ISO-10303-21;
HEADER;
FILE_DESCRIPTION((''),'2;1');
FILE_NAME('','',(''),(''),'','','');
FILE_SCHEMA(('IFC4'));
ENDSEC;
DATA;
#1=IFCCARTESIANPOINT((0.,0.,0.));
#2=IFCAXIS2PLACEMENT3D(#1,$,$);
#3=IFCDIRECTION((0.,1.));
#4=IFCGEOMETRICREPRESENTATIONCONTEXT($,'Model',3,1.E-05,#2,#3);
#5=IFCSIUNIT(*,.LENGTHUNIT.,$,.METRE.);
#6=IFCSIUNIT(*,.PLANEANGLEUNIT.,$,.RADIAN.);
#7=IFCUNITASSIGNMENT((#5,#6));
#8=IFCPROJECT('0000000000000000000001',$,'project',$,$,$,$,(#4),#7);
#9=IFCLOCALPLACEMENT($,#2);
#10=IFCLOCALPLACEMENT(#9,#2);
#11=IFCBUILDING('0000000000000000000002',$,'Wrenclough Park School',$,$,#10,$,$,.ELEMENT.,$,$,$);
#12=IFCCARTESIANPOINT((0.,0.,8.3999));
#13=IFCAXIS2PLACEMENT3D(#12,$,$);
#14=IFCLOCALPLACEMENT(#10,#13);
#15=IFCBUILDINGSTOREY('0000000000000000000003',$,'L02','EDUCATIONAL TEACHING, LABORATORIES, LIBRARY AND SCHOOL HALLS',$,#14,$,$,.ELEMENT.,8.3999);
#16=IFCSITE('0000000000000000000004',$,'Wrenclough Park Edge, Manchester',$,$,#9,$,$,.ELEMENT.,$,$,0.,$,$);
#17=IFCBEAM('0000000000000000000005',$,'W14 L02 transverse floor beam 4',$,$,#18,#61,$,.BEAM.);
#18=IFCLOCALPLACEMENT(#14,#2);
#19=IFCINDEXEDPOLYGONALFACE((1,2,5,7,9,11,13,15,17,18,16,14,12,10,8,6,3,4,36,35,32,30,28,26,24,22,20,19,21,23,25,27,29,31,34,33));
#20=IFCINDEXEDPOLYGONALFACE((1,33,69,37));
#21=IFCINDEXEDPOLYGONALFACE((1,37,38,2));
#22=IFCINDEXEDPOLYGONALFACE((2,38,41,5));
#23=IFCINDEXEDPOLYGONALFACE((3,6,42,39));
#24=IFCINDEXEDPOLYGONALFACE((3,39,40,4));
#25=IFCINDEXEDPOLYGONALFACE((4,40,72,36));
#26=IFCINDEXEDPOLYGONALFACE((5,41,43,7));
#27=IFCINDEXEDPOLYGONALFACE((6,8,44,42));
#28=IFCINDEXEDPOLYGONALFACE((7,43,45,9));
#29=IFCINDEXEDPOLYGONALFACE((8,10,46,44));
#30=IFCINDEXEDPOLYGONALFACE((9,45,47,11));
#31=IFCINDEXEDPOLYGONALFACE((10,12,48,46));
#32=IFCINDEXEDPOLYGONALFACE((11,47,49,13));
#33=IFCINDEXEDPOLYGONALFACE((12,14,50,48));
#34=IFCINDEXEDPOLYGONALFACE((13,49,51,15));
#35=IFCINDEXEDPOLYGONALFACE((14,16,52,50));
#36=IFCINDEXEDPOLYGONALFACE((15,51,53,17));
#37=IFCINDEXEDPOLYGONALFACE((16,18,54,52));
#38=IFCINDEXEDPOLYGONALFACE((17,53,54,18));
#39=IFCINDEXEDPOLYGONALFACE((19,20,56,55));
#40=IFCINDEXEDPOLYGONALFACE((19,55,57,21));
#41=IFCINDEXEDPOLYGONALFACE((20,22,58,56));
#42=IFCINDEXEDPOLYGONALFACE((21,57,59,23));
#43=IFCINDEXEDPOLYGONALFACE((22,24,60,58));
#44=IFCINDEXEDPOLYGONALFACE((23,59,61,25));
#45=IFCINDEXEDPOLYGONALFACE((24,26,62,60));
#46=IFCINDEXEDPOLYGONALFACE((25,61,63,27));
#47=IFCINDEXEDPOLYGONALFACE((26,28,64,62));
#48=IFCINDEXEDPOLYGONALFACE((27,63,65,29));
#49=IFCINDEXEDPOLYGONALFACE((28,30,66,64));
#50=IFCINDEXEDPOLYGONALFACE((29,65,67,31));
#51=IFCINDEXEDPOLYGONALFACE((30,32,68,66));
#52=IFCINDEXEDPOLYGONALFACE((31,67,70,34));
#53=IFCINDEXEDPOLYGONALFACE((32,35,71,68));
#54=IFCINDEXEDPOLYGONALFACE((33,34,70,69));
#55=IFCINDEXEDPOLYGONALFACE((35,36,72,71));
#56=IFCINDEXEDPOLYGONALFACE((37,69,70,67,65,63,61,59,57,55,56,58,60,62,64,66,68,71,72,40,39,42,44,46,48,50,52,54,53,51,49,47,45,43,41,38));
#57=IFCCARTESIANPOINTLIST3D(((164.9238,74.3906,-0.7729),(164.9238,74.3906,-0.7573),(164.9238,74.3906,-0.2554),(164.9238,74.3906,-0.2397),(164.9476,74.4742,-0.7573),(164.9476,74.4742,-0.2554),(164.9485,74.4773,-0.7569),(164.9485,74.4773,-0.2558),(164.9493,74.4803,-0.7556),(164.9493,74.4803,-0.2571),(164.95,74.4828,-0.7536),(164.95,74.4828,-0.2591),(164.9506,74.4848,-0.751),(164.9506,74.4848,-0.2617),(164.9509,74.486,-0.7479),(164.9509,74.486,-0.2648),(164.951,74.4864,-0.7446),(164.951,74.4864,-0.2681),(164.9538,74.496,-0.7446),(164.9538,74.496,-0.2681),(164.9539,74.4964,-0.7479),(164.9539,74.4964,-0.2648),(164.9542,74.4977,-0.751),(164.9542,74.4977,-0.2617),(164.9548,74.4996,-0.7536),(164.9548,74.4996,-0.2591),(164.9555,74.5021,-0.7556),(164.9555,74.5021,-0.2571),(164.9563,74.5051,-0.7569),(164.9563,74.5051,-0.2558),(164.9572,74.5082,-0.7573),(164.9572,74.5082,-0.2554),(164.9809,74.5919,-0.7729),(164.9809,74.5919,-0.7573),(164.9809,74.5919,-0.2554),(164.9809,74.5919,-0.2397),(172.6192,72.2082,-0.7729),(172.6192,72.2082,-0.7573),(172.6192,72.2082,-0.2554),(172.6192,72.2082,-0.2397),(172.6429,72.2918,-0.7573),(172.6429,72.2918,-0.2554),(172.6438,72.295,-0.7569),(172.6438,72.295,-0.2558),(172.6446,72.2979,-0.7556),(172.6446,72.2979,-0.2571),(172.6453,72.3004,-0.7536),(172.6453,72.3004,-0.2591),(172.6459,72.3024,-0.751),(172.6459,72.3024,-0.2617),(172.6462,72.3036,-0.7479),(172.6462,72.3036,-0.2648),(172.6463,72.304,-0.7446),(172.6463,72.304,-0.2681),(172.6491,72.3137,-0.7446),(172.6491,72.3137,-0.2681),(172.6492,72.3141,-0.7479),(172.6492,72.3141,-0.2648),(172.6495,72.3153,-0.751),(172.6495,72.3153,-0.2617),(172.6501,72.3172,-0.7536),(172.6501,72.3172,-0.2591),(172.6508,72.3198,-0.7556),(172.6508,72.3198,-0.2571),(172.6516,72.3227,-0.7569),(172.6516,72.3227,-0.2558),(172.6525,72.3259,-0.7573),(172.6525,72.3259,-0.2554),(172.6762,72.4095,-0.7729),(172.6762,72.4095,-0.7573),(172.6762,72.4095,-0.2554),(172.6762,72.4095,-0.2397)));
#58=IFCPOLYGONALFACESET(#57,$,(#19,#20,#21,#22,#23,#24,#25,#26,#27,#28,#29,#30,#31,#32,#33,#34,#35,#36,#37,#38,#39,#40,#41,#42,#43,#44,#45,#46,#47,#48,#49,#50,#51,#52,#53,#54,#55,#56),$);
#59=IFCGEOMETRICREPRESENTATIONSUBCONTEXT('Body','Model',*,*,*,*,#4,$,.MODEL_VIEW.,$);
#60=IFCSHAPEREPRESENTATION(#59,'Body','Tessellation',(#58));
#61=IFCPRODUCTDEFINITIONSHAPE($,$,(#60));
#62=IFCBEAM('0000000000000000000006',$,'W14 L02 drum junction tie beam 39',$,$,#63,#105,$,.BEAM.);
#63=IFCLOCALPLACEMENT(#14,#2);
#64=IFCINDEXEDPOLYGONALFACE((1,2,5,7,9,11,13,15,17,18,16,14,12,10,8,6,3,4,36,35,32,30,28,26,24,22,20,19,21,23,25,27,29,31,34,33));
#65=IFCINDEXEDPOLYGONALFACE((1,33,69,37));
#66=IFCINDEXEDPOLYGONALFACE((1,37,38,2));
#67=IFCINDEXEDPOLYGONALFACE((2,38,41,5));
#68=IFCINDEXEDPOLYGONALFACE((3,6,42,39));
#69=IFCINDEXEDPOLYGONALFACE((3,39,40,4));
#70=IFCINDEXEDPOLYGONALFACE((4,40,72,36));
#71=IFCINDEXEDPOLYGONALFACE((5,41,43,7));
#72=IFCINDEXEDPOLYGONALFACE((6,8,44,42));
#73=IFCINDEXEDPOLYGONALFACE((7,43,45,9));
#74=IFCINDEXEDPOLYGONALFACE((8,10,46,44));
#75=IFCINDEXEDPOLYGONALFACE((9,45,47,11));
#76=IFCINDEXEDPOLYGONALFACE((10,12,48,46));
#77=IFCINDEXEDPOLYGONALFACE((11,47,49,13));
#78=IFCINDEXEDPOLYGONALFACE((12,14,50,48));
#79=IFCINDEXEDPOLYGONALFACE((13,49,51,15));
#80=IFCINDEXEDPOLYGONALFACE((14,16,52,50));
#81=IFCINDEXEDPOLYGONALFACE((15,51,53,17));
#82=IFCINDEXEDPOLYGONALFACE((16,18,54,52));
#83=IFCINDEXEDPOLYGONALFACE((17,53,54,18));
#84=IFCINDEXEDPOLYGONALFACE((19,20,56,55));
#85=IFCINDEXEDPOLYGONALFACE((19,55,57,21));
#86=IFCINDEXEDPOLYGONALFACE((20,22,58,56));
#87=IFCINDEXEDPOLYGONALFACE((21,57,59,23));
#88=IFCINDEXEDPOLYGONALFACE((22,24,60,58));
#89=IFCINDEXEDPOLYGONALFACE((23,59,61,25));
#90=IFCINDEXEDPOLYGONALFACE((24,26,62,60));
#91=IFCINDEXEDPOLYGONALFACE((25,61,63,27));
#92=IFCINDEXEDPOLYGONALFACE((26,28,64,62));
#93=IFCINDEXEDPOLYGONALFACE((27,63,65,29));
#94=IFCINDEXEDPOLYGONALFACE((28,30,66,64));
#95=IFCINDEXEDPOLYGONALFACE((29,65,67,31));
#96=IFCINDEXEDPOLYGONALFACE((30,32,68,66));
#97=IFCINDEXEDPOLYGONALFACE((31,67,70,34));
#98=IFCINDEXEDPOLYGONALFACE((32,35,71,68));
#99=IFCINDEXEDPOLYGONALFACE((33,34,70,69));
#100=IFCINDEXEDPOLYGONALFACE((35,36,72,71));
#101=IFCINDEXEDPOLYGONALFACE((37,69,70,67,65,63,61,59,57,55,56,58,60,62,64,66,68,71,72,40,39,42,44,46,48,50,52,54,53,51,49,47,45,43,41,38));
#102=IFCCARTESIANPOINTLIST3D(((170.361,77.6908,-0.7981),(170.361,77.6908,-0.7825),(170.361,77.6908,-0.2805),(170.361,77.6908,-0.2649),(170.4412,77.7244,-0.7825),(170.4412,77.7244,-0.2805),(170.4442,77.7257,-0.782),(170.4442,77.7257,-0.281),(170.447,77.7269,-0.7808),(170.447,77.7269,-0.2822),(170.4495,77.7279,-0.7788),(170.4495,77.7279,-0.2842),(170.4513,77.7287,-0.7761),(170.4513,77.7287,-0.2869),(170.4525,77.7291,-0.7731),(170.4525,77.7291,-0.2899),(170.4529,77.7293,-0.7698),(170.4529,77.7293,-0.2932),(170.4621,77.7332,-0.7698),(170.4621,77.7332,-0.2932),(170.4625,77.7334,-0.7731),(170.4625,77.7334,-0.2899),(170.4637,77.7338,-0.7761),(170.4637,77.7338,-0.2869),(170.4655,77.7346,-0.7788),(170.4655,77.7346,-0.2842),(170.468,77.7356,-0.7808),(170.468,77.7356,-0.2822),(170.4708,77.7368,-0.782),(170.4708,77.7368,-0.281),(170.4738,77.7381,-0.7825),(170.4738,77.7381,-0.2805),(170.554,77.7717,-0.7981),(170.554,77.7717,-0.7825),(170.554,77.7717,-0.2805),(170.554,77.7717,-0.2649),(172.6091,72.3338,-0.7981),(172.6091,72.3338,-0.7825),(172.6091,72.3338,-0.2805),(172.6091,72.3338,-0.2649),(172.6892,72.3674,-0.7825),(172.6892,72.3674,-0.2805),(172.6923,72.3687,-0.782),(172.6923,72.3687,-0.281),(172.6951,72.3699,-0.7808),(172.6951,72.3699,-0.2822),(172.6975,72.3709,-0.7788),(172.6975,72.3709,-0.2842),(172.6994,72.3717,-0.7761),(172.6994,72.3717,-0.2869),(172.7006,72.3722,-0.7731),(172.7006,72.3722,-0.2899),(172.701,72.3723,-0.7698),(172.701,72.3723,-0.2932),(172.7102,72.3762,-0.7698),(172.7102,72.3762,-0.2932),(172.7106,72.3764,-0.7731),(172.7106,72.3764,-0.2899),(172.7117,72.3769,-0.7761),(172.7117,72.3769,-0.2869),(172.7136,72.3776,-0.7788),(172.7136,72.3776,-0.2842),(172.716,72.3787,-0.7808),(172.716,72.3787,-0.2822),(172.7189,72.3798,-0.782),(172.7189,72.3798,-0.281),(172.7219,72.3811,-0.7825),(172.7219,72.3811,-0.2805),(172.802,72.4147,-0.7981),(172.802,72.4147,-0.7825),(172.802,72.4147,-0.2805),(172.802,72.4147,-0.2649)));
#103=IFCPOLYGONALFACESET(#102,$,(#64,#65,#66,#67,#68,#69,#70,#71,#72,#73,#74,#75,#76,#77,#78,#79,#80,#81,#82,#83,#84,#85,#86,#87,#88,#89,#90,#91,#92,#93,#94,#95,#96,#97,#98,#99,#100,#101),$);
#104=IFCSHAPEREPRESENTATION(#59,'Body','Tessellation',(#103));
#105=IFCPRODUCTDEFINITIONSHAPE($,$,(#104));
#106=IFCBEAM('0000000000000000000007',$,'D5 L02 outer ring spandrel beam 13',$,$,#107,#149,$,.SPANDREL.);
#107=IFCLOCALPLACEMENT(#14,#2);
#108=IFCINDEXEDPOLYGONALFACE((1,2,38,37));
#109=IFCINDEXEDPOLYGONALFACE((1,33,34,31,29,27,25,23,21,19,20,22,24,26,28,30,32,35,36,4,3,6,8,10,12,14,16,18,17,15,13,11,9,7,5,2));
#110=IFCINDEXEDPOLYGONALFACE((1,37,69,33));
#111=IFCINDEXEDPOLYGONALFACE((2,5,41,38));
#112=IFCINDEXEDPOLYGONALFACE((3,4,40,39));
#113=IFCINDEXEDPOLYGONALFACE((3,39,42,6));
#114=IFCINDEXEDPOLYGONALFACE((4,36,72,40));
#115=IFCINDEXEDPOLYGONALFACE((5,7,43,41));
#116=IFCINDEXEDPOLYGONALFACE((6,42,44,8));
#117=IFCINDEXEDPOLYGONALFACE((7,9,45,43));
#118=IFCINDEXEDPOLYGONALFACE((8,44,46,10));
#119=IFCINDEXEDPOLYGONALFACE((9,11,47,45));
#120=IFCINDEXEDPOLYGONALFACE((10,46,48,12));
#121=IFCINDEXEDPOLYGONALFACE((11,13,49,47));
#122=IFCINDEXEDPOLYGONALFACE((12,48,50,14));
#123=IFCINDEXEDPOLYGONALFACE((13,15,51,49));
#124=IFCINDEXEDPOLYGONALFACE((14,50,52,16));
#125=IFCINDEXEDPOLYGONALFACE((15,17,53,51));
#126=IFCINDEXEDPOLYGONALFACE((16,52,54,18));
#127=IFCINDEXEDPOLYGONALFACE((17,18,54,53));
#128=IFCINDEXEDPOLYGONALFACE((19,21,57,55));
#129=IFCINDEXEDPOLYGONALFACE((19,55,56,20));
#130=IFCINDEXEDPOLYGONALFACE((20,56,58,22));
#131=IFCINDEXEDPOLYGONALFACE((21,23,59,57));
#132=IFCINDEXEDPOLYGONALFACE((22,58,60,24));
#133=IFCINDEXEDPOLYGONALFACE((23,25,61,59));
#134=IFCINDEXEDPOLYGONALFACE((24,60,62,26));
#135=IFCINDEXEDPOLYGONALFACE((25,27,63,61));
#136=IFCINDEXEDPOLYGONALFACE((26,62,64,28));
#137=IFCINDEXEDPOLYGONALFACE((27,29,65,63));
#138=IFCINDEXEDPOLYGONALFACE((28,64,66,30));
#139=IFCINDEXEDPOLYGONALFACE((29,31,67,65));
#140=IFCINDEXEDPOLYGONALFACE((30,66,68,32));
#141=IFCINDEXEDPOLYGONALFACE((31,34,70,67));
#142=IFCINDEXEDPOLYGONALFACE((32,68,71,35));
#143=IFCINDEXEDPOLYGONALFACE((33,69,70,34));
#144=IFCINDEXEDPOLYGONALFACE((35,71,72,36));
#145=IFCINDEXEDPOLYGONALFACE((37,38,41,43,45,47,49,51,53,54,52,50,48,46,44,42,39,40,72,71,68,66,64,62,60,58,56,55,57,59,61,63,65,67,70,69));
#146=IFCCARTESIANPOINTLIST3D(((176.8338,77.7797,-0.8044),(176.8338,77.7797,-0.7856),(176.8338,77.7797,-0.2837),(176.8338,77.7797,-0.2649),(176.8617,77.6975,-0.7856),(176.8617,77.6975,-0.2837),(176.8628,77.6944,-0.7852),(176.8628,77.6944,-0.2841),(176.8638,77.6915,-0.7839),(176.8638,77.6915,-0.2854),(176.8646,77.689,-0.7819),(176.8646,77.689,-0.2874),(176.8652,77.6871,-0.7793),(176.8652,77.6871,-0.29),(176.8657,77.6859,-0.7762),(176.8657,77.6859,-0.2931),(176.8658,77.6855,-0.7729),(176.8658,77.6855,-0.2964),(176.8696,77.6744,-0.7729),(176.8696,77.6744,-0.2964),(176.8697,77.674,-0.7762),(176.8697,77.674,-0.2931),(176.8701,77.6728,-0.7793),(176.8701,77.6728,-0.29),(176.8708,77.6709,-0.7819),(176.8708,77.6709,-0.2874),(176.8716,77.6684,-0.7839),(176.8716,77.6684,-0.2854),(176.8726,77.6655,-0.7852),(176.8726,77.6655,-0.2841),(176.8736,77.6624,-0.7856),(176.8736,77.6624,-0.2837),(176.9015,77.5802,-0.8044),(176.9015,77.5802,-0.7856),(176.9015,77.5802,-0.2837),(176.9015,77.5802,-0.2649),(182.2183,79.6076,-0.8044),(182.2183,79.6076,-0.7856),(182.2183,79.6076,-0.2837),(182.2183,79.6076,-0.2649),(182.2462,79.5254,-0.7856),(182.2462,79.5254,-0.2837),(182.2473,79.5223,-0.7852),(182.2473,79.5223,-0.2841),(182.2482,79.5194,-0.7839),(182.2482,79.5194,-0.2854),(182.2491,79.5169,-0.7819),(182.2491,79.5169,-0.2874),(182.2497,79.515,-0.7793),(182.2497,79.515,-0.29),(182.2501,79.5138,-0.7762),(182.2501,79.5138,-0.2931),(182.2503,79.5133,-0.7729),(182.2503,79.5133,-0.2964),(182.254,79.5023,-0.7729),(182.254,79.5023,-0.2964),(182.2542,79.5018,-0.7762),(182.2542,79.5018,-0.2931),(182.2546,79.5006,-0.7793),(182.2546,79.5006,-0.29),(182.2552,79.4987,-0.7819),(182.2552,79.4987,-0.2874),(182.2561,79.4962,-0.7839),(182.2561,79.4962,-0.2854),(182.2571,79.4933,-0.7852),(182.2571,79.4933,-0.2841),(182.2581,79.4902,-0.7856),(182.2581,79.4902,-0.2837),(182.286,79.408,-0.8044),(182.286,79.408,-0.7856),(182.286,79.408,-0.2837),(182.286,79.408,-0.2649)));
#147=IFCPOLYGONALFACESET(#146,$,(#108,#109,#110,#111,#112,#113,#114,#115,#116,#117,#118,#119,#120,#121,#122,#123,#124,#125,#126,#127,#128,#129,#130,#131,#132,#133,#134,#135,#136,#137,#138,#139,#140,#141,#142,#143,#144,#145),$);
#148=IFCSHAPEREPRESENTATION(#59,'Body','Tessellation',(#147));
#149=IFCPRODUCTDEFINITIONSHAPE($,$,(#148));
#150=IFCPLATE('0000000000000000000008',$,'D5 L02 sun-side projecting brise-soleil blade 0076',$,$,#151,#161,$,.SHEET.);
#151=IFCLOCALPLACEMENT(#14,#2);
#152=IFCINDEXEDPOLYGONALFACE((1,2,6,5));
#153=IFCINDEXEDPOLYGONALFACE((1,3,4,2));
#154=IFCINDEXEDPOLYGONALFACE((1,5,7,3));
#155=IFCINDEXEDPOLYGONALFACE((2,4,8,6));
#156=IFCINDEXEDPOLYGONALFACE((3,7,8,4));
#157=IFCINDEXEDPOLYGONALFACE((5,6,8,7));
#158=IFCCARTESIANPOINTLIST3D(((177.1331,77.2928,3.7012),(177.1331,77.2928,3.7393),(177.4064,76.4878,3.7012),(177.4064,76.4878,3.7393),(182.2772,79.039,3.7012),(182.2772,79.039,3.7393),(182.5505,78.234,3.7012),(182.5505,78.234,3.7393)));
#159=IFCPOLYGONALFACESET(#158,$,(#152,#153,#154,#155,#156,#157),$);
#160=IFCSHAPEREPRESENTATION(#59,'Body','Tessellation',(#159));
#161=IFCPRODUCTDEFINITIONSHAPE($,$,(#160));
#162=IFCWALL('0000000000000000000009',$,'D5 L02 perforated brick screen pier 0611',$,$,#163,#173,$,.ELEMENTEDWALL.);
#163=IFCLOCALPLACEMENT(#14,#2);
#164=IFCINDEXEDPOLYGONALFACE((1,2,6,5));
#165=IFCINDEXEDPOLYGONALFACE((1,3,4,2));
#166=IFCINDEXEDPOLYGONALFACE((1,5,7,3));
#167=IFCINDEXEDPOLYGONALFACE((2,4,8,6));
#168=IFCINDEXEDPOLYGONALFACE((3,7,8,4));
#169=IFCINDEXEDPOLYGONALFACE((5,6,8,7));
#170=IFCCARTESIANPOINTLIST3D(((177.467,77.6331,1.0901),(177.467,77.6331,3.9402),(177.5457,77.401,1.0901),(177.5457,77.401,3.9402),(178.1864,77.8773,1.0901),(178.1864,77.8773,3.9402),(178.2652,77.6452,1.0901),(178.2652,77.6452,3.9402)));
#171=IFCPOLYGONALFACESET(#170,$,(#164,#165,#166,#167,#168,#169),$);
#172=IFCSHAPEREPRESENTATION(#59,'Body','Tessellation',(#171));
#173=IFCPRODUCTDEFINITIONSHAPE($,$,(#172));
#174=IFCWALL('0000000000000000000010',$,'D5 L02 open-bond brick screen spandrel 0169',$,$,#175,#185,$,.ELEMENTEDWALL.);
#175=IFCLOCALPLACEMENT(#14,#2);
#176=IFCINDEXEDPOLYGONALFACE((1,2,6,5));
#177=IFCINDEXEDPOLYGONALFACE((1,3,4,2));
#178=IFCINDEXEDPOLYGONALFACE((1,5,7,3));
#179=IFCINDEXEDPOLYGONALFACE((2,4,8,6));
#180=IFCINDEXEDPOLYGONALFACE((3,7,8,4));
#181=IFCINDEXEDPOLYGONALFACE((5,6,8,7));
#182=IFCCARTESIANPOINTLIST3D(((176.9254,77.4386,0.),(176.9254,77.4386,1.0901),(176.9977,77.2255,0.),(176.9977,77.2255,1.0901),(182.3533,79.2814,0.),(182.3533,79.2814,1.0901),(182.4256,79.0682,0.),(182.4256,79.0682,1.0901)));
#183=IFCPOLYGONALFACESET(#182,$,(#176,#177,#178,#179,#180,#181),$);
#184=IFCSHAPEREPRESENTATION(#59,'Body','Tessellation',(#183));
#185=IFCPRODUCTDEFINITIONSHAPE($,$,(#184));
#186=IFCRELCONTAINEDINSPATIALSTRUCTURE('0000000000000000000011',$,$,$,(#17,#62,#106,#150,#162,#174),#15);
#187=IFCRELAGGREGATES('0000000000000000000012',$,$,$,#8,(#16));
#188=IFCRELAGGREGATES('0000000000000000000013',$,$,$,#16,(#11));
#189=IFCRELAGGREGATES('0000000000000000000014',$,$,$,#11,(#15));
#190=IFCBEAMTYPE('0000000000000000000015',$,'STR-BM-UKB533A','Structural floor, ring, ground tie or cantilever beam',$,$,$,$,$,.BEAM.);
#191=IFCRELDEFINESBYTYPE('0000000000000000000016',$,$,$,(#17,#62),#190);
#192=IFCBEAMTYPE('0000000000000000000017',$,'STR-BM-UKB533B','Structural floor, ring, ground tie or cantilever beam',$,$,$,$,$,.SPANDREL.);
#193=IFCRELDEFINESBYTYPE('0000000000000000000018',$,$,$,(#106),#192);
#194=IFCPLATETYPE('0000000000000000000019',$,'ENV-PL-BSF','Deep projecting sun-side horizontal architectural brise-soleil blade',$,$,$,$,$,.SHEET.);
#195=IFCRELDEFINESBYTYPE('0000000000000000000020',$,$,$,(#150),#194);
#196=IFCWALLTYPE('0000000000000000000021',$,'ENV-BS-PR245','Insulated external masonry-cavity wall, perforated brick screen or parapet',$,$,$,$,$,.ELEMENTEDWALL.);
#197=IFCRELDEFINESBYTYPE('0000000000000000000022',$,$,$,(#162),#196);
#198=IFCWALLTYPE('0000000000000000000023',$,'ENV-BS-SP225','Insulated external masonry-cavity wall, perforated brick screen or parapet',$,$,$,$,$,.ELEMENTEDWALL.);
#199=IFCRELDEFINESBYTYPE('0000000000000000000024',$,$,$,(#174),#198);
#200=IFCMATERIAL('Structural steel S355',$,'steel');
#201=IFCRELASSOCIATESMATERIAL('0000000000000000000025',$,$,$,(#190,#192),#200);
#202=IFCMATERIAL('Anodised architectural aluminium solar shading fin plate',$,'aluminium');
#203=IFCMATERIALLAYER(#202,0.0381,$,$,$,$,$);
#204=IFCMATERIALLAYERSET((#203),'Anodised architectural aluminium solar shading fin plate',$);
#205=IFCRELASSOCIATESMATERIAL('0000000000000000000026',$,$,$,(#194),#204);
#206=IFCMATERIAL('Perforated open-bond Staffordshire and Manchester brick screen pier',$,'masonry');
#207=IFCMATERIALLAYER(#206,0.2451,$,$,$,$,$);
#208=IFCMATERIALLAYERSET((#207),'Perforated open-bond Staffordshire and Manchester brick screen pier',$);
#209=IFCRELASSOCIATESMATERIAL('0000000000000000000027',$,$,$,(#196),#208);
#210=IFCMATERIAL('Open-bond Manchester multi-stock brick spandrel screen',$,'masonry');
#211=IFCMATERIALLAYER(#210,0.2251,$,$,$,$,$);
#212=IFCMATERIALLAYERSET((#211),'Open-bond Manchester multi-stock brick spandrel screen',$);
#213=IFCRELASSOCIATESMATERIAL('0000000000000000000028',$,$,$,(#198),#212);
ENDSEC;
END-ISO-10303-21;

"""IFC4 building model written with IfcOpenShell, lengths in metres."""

from ifc_helpers import new_model, si_unit, direction, frame, frame_2d, origin, origin_2d, place, context, subcontext, project, spatial, rectangle, i_section, extrude, material, layer, layer_set, material_profile, profile_set, type_object, element, save


model = new_model("IFC4")

# Units and contexts
model_context = context("Model", 3, precision=1e-05, world=origin(), true_north=direction((0.0, 1.0)))
body_context = subcontext(model_context, "Body", "Model", "MODEL_VIEW")
ifc_project = project(units=[si_unit("LENGTHUNIT", "METRE"), si_unit("PLANEANGLEUNIT", "RADIAN")], contexts=[model_context])

# Site, building, storey
site_placement = place(None, origin())
site = spatial("IfcSite", under=ifc_project, at=site_placement, Name="Wrenclough Park Edge, Manchester", CompositionType="ELEMENT", RefElevation=0.0)
building_placement = place(site_placement, origin())
building = spatial("IfcBuilding", under=site, at=building_placement, Name="Wrenclough Park School", CompositionType="ELEMENT")
storey_placement = place(building_placement, frame((0.0, 0.0, 8.3999)))
storey = spatial("IfcBuildingStorey", under=building, at=storey_placement, Name="L02", Description="EDUCATIONAL TEACHING, LABORATORIES, LIBRARY AND SCHOOL HALLS", CompositionType="ELEMENT", Elevation=8.3999)

# Shared definitions
ifc_material_1 = material(Name="Structural steel S355", Category="steel")

# Beams
ifc_material_profile_1 = material_profile(ifc_material_1, i_section(OverallWidth=0.2092, OverallDepth=0.5332, WebThickness=0.01, FlangeThickness=0.0156, FilletRadius=0.0127, at=origin_2d()), Name="UKB 533x210x92")
ifc_profile_set_1 = profile_set([ifc_material_profile_1], Name="Structural steel S355")
beam_type_1 = type_object("IfcBeamType", Name="STR-BM-UKB533A", Description="Structural floor, ring, ground tie or cantilever beam", PredefinedType="BEAM", material=ifc_profile_set_1)
beam_1_placement = place(storey_placement, frame((164.9524, 74.4912, -0.5063), z_axis=(0.96206, -0.272838, 0.0), x_axis=(0.272838, 0.96206, 0.0)))
element("IfcBeam", 1, at=beam_1_placement, inside=storey, type_object=beam_type_1, Name="W14 L02 transverse floor beam 4", PredefinedType="BEAM", context=body_context, shape_type="SweptSolid", body=[
    extrude(i_section(OverallWidth=0.2092, OverallDepth=0.5332, WebThickness=0.01, FlangeThickness=0.0156, FilletRadius=0.0127, at=origin_2d()), origin(), (0.0, 0.0, 1.0), 7.9988),
])
beam_2_placement = place(storey_placement, frame((172.7056, 72.3743, -0.5315), z_axis=(-0.38696, 0.922097, 0.0), x_axis=(-0.922097, -0.38696, 0.0)))
element("IfcBeam", 2, at=beam_2_placement, inside=storey, type_object=beam_type_1, Name="W14 L02 drum junction tie beam 39", PredefinedType="BEAM", context=body_context, shape_type="SweptSolid", body=[
    extrude(i_section(OverallWidth=0.2092, OverallDepth=0.5332, WebThickness=0.01, FlangeThickness=0.0156, FilletRadius=0.0127, at=origin_2d()), origin(), (0.0, 0.0, 1.0), 5.8096),
])
ifc_material_profile_2 = material_profile(ifc_material_1, i_section(OverallWidth=0.2107, OverallDepth=0.5396, WebThickness=0.0117, FlangeThickness=0.0188, FilletRadius=0.0127, at=origin_2d()), Name="UKB 533x210x109")
ifc_profile_set_2 = profile_set([ifc_material_profile_2], Name="Structural steel S355")
beam_type_2 = type_object("IfcBeamType", Name="STR-BM-UKB533B", Description="Structural floor, ring, ground tie or cantilever beam", PredefinedType="SPANDREL", material=ifc_profile_set_2)
beam_3_placement = place(storey_placement, frame((176.8677, 77.6799, -0.5347), z_axis=(0.946926, 0.321452, 0.0), x_axis=(-0.321452, 0.946926, 0.0)))
element("IfcBeam", 3, at=beam_3_placement, inside=storey, type_object=beam_type_2, Name="D5 L02 outer ring spandrel beam 13", PredefinedType="SPANDREL", context=body_context, shape_type="SweptSolid", body=[
    extrude(i_section(OverallWidth=0.2107, OverallDepth=0.5396, WebThickness=0.0117, FlangeThickness=0.0188, FilletRadius=0.0127, at=origin_2d()), origin(), (0.0, 0.0, 1.0), 5.6863),
])

# Plate
ifc_material_2 = material(Name="Anodised architectural aluminium solar shading fin plate", Category="aluminium")
ifc_layer_1 = layer(ifc_material_2, 0.0381)
ifc_layer_set_1 = layer_set([ifc_layer_1], Name="Anodised architectural aluminium solar shading fin plate")
plate_type = type_object("IfcPlateType", Name="ENV-PL-BSF", Description="Deep projecting sun-side horizontal architectural brise-soleil blade", PredefinedType="SHEET", material=ifc_layer_set_1)
plate_placement = place(storey_placement, frame((179.8418, 77.7634, 3.7012), z_axis=(0.0, 0.0, 1.0), x_axis=(0.94693, 0.321441, 0.0)))
element("IfcPlate", 4, at=plate_placement, inside=storey, type_object=plate_type, Name="D5 L02 sun-side projecting brise-soleil blade 0076", PredefinedType="SHEET", context=body_context, shape_type="SweptSolid", body=[
    extrude(rectangle(XDim=5.4324, YDim=0.8501, at=origin_2d()), origin(), (0.0, 0.0, 1.0), 0.0381),
])

# Walls
ifc_material_3 = material(Name="Perforated open-bond Staffordshire and Manchester brick screen pier", Category="masonry")
ifc_layer_2 = layer(ifc_material_3, 0.2451)
ifc_layer_set_2 = layer_set([ifc_layer_2], Name="Perforated open-bond Staffordshire and Manchester brick screen pier")
wall_type_1 = type_object("IfcWallType", Name="ENV-BS-PR245", Description="Insulated external masonry-cavity wall, perforated brick screen or parapet", PredefinedType="ELEMENTEDWALL", material=ifc_layer_set_2)
wall_1_placement = place(storey_placement, frame((177.5063, 77.5171, 1.0901), z_axis=(0.0, 0.0, 1.0), x_axis=(0.946966, 0.321332, 0.0)))
element("IfcWall", 5, at=wall_1_placement, inside=storey, type_object=wall_type_1, Name="D5 L02 perforated brick screen pier 0611", PredefinedType="ELEMENTEDWALL", context=body_context, shape_type="SweptSolid", body=[
    extrude(rectangle(XDim=0.7598, YDim=0.2451, at=frame_2d((0.3799, 0.0))), origin(), (0.0, 0.0, 1.0), 2.8501),
])
ifc_material_4 = material(Name="Open-bond Manchester multi-stock brick spandrel screen", Category="masonry")
ifc_layer_3 = layer(ifc_material_4, 0.2251)
ifc_layer_set_3 = layer_set([ifc_layer_3], Name="Open-bond Manchester multi-stock brick spandrel screen")
wall_type_2 = type_object("IfcWallType", Name="ENV-BS-SP225", Description="Insulated external masonry-cavity wall, perforated brick screen or parapet", PredefinedType="ELEMENTEDWALL", material=ifc_layer_set_3)
wall_2_placement = place(storey_placement, frame((176.9614, 77.332, 0.0), z_axis=(0.0, 0.0, 1.0), x_axis=(0.946918, 0.321474, 0.0)))
element("IfcWall", 6, at=wall_2_placement, inside=storey, type_object=wall_type_2, Name="D5 L02 open-bond brick screen spandrel 0169", PredefinedType="ELEMENTEDWALL", context=body_context, shape_type="SweptSolid", body=[
    extrude(rectangle(XDim=5.7322, YDim=0.2251, at=frame_2d((2.8662, 0.0))), origin(), (0.0, 0.0, 1.0), 1.0901),
])

save(model, "model.ifc")
